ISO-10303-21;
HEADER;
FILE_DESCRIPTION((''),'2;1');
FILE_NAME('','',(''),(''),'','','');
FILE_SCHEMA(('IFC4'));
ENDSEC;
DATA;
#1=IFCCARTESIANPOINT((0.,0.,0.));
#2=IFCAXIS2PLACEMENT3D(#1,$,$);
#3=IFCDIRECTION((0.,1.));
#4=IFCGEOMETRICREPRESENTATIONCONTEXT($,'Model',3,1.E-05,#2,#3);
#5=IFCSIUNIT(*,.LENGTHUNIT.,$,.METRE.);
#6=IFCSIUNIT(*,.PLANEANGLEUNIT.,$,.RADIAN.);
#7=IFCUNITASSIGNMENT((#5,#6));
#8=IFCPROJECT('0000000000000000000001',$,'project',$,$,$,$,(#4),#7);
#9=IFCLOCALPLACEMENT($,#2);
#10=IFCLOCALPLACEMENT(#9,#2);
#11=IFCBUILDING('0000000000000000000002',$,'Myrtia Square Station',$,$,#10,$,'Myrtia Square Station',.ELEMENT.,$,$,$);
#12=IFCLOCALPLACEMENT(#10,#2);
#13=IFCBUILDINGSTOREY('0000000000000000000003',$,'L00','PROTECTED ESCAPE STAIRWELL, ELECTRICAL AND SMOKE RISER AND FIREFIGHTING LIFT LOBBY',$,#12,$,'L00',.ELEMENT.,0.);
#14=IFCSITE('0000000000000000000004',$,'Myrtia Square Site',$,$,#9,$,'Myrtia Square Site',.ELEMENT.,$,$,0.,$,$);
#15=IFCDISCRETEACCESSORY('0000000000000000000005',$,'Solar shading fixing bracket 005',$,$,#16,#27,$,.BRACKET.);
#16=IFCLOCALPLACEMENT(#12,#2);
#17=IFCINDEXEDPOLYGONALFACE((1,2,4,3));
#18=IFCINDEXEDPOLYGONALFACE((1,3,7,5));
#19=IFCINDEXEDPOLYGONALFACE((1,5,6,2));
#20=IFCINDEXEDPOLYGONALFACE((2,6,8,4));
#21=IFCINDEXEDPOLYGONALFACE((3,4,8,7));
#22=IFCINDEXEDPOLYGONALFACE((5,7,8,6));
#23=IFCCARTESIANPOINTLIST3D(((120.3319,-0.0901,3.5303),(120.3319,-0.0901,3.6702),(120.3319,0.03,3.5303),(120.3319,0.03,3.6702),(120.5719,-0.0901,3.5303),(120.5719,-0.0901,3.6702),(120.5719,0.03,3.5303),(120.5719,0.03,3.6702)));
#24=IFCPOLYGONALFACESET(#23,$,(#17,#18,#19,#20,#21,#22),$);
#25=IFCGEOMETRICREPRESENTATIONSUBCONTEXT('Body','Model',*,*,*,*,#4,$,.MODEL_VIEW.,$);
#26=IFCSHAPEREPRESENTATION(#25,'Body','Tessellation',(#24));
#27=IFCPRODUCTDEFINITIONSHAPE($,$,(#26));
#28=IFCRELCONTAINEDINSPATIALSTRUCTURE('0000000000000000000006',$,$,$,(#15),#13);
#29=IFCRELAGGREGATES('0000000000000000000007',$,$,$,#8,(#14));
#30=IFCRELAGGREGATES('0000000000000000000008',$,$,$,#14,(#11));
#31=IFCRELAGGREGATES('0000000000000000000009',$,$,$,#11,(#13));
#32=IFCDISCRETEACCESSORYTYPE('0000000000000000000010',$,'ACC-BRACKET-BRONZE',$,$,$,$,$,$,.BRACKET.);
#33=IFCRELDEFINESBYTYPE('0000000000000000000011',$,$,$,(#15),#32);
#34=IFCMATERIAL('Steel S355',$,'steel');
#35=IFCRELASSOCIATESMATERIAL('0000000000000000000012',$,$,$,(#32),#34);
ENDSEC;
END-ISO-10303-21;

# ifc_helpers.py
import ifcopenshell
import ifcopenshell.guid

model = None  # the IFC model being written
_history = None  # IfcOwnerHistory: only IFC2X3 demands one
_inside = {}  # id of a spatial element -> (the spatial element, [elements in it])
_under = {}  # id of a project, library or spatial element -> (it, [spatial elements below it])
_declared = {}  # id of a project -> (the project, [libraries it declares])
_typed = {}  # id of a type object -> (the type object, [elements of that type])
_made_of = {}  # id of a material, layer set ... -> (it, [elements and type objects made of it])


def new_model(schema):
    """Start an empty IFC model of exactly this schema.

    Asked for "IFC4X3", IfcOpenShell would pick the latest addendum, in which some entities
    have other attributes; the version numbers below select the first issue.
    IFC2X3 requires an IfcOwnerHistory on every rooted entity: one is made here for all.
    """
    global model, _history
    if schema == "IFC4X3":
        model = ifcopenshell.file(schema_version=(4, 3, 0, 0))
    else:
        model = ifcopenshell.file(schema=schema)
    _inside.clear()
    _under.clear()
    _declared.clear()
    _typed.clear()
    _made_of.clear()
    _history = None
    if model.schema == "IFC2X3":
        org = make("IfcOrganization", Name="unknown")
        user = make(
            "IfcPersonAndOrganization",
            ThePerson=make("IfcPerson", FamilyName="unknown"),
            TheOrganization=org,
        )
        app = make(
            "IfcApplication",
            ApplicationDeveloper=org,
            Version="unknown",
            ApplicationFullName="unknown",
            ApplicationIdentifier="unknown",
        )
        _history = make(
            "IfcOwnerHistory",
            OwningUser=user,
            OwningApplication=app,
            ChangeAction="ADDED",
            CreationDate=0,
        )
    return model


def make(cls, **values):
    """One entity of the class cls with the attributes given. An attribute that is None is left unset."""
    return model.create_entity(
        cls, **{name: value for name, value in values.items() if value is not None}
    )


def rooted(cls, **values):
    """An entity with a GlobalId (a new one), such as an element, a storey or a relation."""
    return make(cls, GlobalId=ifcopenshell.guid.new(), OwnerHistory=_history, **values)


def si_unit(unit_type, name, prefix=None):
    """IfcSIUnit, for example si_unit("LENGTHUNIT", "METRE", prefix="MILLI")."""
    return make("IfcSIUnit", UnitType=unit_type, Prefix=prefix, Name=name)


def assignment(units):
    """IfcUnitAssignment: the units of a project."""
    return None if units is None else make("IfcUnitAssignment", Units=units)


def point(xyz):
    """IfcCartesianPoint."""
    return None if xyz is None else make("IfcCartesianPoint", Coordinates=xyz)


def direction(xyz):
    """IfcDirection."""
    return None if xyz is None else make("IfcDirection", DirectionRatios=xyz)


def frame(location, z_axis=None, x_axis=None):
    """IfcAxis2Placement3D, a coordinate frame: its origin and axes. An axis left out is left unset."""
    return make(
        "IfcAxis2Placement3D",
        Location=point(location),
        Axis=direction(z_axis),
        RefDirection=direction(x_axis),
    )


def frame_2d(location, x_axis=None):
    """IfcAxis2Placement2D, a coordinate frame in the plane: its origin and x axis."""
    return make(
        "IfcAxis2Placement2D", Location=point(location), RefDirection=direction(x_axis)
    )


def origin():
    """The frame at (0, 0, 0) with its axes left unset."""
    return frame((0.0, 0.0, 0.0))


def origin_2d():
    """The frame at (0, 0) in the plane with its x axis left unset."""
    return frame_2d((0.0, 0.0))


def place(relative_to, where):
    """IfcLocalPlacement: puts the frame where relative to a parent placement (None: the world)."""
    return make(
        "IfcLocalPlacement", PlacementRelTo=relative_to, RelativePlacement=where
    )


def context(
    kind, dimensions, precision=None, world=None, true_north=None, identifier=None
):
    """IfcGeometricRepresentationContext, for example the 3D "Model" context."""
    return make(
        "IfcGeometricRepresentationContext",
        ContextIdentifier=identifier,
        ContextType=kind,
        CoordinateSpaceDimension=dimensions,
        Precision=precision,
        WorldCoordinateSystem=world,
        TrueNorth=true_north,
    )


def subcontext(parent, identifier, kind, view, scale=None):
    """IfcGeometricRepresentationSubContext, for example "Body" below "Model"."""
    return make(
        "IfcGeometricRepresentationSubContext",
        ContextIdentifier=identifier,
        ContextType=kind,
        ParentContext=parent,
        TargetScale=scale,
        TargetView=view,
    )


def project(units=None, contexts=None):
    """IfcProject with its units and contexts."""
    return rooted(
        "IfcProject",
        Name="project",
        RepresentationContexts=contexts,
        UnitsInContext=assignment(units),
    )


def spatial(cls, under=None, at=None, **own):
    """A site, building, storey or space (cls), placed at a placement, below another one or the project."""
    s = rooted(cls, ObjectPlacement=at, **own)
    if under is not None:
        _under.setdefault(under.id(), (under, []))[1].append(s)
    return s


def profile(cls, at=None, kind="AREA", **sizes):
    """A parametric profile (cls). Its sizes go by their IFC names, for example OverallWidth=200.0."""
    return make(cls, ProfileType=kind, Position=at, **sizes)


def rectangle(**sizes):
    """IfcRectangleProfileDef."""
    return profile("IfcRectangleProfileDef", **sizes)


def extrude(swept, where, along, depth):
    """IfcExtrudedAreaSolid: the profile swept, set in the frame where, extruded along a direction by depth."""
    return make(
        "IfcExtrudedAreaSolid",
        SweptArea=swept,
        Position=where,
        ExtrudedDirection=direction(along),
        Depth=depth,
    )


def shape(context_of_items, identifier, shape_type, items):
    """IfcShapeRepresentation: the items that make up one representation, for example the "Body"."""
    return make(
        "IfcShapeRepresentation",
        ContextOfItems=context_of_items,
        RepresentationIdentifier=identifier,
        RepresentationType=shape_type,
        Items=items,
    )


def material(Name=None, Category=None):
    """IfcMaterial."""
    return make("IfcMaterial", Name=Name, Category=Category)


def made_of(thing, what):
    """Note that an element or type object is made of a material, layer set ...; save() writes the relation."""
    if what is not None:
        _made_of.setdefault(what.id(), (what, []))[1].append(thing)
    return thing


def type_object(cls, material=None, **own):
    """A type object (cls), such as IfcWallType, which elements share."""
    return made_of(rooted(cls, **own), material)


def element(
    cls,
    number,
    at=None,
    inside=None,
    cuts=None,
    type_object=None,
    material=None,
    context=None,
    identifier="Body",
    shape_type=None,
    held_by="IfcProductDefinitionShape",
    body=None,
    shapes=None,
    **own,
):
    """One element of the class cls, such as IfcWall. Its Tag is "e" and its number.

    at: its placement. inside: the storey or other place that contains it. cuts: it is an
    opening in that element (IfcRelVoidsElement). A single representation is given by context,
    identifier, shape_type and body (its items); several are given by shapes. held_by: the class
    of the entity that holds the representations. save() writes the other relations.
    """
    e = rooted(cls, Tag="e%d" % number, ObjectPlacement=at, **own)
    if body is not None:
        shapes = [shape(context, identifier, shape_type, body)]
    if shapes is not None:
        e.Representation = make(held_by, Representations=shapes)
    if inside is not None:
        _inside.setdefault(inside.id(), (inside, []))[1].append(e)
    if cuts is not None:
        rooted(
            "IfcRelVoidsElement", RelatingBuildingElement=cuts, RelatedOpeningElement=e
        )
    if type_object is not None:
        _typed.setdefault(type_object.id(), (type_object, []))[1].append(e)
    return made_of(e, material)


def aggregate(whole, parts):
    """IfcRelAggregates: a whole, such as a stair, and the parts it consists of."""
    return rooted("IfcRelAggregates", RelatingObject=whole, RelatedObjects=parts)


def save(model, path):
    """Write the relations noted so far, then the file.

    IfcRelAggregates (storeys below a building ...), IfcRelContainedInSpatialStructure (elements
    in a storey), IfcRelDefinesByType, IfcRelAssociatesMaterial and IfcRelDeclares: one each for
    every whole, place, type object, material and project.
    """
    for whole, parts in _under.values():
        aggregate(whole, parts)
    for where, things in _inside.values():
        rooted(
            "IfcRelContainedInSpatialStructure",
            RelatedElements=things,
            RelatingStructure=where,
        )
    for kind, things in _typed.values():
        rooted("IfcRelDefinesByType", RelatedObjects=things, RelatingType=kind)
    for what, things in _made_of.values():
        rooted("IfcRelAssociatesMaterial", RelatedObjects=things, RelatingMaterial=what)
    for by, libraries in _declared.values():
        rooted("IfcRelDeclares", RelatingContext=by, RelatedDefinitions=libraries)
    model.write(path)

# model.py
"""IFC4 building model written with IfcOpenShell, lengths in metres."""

from ifc_helpers import new_model, si_unit, direction, frame, origin, origin_2d, place, context, subcontext, project, spatial, rectangle, extrude, material, type_object, element, save


model = new_model("IFC4")

# Units and contexts
model_context = context("Model", 3, precision=1e-05, world=origin(), true_north=direction((0.0, 1.0)))
body_context = subcontext(model_context, "Body", "Model", "MODEL_VIEW")
ifc_project = project(units=[si_unit("LENGTHUNIT", "METRE"), si_unit("PLANEANGLEUNIT", "RADIAN")], contexts=[model_context])

# Site, building, storey
site_placement = place(None, origin())
site = spatial("IfcSite", under=ifc_project, at=site_placement, Name="Myrtia Square Site", LongName="Myrtia Square Site", CompositionType="ELEMENT", RefElevation=0.0)
building_placement = place(site_placement, origin())
building = spatial("IfcBuilding", under=site, at=building_placement, Name="Myrtia Square Station", LongName="Myrtia Square Station", CompositionType="ELEMENT")
storey_placement = place(building_placement, origin())
storey = spatial("IfcBuildingStorey", under=building, at=storey_placement, Name="L00", Description="PROTECTED ESCAPE STAIRWELL, ELECTRICAL AND SMOKE RISER AND FIREFIGHTING LIFT LOBBY", LongName="L00", CompositionType="ELEMENT", Elevation=0.0)

# Shared definitions
ifc_material_1 = material(Name="Steel S355", Category="steel")

# Discrete accessory
discrete_accessory_type = type_object("IfcDiscreteAccessoryType", Name="ACC-BRACKET-BRONZE", PredefinedType="BRACKET", material=ifc_material_1)
discrete_accessory_placement = place(storey_placement, frame((120.4519, -0.03, 3.5303), z_axis=(0.0, 0.0, 1.0), x_axis=(1.0, 0.0, 0.0)))
element("IfcDiscreteAccessory", 1, at=discrete_accessory_placement, inside=storey, type_object=discrete_accessory_type, Name="Solar shading fixing bracket 005", PredefinedType="BRACKET", context=body_context, shape_type="SweptSolid", body=[
    extrude(rectangle(XDim=0.24, YDim=0.1201, at=origin_2d()), origin(), (0.0, 0.0, 1.0), 0.1399),
])

save(model, "model.ifc")
